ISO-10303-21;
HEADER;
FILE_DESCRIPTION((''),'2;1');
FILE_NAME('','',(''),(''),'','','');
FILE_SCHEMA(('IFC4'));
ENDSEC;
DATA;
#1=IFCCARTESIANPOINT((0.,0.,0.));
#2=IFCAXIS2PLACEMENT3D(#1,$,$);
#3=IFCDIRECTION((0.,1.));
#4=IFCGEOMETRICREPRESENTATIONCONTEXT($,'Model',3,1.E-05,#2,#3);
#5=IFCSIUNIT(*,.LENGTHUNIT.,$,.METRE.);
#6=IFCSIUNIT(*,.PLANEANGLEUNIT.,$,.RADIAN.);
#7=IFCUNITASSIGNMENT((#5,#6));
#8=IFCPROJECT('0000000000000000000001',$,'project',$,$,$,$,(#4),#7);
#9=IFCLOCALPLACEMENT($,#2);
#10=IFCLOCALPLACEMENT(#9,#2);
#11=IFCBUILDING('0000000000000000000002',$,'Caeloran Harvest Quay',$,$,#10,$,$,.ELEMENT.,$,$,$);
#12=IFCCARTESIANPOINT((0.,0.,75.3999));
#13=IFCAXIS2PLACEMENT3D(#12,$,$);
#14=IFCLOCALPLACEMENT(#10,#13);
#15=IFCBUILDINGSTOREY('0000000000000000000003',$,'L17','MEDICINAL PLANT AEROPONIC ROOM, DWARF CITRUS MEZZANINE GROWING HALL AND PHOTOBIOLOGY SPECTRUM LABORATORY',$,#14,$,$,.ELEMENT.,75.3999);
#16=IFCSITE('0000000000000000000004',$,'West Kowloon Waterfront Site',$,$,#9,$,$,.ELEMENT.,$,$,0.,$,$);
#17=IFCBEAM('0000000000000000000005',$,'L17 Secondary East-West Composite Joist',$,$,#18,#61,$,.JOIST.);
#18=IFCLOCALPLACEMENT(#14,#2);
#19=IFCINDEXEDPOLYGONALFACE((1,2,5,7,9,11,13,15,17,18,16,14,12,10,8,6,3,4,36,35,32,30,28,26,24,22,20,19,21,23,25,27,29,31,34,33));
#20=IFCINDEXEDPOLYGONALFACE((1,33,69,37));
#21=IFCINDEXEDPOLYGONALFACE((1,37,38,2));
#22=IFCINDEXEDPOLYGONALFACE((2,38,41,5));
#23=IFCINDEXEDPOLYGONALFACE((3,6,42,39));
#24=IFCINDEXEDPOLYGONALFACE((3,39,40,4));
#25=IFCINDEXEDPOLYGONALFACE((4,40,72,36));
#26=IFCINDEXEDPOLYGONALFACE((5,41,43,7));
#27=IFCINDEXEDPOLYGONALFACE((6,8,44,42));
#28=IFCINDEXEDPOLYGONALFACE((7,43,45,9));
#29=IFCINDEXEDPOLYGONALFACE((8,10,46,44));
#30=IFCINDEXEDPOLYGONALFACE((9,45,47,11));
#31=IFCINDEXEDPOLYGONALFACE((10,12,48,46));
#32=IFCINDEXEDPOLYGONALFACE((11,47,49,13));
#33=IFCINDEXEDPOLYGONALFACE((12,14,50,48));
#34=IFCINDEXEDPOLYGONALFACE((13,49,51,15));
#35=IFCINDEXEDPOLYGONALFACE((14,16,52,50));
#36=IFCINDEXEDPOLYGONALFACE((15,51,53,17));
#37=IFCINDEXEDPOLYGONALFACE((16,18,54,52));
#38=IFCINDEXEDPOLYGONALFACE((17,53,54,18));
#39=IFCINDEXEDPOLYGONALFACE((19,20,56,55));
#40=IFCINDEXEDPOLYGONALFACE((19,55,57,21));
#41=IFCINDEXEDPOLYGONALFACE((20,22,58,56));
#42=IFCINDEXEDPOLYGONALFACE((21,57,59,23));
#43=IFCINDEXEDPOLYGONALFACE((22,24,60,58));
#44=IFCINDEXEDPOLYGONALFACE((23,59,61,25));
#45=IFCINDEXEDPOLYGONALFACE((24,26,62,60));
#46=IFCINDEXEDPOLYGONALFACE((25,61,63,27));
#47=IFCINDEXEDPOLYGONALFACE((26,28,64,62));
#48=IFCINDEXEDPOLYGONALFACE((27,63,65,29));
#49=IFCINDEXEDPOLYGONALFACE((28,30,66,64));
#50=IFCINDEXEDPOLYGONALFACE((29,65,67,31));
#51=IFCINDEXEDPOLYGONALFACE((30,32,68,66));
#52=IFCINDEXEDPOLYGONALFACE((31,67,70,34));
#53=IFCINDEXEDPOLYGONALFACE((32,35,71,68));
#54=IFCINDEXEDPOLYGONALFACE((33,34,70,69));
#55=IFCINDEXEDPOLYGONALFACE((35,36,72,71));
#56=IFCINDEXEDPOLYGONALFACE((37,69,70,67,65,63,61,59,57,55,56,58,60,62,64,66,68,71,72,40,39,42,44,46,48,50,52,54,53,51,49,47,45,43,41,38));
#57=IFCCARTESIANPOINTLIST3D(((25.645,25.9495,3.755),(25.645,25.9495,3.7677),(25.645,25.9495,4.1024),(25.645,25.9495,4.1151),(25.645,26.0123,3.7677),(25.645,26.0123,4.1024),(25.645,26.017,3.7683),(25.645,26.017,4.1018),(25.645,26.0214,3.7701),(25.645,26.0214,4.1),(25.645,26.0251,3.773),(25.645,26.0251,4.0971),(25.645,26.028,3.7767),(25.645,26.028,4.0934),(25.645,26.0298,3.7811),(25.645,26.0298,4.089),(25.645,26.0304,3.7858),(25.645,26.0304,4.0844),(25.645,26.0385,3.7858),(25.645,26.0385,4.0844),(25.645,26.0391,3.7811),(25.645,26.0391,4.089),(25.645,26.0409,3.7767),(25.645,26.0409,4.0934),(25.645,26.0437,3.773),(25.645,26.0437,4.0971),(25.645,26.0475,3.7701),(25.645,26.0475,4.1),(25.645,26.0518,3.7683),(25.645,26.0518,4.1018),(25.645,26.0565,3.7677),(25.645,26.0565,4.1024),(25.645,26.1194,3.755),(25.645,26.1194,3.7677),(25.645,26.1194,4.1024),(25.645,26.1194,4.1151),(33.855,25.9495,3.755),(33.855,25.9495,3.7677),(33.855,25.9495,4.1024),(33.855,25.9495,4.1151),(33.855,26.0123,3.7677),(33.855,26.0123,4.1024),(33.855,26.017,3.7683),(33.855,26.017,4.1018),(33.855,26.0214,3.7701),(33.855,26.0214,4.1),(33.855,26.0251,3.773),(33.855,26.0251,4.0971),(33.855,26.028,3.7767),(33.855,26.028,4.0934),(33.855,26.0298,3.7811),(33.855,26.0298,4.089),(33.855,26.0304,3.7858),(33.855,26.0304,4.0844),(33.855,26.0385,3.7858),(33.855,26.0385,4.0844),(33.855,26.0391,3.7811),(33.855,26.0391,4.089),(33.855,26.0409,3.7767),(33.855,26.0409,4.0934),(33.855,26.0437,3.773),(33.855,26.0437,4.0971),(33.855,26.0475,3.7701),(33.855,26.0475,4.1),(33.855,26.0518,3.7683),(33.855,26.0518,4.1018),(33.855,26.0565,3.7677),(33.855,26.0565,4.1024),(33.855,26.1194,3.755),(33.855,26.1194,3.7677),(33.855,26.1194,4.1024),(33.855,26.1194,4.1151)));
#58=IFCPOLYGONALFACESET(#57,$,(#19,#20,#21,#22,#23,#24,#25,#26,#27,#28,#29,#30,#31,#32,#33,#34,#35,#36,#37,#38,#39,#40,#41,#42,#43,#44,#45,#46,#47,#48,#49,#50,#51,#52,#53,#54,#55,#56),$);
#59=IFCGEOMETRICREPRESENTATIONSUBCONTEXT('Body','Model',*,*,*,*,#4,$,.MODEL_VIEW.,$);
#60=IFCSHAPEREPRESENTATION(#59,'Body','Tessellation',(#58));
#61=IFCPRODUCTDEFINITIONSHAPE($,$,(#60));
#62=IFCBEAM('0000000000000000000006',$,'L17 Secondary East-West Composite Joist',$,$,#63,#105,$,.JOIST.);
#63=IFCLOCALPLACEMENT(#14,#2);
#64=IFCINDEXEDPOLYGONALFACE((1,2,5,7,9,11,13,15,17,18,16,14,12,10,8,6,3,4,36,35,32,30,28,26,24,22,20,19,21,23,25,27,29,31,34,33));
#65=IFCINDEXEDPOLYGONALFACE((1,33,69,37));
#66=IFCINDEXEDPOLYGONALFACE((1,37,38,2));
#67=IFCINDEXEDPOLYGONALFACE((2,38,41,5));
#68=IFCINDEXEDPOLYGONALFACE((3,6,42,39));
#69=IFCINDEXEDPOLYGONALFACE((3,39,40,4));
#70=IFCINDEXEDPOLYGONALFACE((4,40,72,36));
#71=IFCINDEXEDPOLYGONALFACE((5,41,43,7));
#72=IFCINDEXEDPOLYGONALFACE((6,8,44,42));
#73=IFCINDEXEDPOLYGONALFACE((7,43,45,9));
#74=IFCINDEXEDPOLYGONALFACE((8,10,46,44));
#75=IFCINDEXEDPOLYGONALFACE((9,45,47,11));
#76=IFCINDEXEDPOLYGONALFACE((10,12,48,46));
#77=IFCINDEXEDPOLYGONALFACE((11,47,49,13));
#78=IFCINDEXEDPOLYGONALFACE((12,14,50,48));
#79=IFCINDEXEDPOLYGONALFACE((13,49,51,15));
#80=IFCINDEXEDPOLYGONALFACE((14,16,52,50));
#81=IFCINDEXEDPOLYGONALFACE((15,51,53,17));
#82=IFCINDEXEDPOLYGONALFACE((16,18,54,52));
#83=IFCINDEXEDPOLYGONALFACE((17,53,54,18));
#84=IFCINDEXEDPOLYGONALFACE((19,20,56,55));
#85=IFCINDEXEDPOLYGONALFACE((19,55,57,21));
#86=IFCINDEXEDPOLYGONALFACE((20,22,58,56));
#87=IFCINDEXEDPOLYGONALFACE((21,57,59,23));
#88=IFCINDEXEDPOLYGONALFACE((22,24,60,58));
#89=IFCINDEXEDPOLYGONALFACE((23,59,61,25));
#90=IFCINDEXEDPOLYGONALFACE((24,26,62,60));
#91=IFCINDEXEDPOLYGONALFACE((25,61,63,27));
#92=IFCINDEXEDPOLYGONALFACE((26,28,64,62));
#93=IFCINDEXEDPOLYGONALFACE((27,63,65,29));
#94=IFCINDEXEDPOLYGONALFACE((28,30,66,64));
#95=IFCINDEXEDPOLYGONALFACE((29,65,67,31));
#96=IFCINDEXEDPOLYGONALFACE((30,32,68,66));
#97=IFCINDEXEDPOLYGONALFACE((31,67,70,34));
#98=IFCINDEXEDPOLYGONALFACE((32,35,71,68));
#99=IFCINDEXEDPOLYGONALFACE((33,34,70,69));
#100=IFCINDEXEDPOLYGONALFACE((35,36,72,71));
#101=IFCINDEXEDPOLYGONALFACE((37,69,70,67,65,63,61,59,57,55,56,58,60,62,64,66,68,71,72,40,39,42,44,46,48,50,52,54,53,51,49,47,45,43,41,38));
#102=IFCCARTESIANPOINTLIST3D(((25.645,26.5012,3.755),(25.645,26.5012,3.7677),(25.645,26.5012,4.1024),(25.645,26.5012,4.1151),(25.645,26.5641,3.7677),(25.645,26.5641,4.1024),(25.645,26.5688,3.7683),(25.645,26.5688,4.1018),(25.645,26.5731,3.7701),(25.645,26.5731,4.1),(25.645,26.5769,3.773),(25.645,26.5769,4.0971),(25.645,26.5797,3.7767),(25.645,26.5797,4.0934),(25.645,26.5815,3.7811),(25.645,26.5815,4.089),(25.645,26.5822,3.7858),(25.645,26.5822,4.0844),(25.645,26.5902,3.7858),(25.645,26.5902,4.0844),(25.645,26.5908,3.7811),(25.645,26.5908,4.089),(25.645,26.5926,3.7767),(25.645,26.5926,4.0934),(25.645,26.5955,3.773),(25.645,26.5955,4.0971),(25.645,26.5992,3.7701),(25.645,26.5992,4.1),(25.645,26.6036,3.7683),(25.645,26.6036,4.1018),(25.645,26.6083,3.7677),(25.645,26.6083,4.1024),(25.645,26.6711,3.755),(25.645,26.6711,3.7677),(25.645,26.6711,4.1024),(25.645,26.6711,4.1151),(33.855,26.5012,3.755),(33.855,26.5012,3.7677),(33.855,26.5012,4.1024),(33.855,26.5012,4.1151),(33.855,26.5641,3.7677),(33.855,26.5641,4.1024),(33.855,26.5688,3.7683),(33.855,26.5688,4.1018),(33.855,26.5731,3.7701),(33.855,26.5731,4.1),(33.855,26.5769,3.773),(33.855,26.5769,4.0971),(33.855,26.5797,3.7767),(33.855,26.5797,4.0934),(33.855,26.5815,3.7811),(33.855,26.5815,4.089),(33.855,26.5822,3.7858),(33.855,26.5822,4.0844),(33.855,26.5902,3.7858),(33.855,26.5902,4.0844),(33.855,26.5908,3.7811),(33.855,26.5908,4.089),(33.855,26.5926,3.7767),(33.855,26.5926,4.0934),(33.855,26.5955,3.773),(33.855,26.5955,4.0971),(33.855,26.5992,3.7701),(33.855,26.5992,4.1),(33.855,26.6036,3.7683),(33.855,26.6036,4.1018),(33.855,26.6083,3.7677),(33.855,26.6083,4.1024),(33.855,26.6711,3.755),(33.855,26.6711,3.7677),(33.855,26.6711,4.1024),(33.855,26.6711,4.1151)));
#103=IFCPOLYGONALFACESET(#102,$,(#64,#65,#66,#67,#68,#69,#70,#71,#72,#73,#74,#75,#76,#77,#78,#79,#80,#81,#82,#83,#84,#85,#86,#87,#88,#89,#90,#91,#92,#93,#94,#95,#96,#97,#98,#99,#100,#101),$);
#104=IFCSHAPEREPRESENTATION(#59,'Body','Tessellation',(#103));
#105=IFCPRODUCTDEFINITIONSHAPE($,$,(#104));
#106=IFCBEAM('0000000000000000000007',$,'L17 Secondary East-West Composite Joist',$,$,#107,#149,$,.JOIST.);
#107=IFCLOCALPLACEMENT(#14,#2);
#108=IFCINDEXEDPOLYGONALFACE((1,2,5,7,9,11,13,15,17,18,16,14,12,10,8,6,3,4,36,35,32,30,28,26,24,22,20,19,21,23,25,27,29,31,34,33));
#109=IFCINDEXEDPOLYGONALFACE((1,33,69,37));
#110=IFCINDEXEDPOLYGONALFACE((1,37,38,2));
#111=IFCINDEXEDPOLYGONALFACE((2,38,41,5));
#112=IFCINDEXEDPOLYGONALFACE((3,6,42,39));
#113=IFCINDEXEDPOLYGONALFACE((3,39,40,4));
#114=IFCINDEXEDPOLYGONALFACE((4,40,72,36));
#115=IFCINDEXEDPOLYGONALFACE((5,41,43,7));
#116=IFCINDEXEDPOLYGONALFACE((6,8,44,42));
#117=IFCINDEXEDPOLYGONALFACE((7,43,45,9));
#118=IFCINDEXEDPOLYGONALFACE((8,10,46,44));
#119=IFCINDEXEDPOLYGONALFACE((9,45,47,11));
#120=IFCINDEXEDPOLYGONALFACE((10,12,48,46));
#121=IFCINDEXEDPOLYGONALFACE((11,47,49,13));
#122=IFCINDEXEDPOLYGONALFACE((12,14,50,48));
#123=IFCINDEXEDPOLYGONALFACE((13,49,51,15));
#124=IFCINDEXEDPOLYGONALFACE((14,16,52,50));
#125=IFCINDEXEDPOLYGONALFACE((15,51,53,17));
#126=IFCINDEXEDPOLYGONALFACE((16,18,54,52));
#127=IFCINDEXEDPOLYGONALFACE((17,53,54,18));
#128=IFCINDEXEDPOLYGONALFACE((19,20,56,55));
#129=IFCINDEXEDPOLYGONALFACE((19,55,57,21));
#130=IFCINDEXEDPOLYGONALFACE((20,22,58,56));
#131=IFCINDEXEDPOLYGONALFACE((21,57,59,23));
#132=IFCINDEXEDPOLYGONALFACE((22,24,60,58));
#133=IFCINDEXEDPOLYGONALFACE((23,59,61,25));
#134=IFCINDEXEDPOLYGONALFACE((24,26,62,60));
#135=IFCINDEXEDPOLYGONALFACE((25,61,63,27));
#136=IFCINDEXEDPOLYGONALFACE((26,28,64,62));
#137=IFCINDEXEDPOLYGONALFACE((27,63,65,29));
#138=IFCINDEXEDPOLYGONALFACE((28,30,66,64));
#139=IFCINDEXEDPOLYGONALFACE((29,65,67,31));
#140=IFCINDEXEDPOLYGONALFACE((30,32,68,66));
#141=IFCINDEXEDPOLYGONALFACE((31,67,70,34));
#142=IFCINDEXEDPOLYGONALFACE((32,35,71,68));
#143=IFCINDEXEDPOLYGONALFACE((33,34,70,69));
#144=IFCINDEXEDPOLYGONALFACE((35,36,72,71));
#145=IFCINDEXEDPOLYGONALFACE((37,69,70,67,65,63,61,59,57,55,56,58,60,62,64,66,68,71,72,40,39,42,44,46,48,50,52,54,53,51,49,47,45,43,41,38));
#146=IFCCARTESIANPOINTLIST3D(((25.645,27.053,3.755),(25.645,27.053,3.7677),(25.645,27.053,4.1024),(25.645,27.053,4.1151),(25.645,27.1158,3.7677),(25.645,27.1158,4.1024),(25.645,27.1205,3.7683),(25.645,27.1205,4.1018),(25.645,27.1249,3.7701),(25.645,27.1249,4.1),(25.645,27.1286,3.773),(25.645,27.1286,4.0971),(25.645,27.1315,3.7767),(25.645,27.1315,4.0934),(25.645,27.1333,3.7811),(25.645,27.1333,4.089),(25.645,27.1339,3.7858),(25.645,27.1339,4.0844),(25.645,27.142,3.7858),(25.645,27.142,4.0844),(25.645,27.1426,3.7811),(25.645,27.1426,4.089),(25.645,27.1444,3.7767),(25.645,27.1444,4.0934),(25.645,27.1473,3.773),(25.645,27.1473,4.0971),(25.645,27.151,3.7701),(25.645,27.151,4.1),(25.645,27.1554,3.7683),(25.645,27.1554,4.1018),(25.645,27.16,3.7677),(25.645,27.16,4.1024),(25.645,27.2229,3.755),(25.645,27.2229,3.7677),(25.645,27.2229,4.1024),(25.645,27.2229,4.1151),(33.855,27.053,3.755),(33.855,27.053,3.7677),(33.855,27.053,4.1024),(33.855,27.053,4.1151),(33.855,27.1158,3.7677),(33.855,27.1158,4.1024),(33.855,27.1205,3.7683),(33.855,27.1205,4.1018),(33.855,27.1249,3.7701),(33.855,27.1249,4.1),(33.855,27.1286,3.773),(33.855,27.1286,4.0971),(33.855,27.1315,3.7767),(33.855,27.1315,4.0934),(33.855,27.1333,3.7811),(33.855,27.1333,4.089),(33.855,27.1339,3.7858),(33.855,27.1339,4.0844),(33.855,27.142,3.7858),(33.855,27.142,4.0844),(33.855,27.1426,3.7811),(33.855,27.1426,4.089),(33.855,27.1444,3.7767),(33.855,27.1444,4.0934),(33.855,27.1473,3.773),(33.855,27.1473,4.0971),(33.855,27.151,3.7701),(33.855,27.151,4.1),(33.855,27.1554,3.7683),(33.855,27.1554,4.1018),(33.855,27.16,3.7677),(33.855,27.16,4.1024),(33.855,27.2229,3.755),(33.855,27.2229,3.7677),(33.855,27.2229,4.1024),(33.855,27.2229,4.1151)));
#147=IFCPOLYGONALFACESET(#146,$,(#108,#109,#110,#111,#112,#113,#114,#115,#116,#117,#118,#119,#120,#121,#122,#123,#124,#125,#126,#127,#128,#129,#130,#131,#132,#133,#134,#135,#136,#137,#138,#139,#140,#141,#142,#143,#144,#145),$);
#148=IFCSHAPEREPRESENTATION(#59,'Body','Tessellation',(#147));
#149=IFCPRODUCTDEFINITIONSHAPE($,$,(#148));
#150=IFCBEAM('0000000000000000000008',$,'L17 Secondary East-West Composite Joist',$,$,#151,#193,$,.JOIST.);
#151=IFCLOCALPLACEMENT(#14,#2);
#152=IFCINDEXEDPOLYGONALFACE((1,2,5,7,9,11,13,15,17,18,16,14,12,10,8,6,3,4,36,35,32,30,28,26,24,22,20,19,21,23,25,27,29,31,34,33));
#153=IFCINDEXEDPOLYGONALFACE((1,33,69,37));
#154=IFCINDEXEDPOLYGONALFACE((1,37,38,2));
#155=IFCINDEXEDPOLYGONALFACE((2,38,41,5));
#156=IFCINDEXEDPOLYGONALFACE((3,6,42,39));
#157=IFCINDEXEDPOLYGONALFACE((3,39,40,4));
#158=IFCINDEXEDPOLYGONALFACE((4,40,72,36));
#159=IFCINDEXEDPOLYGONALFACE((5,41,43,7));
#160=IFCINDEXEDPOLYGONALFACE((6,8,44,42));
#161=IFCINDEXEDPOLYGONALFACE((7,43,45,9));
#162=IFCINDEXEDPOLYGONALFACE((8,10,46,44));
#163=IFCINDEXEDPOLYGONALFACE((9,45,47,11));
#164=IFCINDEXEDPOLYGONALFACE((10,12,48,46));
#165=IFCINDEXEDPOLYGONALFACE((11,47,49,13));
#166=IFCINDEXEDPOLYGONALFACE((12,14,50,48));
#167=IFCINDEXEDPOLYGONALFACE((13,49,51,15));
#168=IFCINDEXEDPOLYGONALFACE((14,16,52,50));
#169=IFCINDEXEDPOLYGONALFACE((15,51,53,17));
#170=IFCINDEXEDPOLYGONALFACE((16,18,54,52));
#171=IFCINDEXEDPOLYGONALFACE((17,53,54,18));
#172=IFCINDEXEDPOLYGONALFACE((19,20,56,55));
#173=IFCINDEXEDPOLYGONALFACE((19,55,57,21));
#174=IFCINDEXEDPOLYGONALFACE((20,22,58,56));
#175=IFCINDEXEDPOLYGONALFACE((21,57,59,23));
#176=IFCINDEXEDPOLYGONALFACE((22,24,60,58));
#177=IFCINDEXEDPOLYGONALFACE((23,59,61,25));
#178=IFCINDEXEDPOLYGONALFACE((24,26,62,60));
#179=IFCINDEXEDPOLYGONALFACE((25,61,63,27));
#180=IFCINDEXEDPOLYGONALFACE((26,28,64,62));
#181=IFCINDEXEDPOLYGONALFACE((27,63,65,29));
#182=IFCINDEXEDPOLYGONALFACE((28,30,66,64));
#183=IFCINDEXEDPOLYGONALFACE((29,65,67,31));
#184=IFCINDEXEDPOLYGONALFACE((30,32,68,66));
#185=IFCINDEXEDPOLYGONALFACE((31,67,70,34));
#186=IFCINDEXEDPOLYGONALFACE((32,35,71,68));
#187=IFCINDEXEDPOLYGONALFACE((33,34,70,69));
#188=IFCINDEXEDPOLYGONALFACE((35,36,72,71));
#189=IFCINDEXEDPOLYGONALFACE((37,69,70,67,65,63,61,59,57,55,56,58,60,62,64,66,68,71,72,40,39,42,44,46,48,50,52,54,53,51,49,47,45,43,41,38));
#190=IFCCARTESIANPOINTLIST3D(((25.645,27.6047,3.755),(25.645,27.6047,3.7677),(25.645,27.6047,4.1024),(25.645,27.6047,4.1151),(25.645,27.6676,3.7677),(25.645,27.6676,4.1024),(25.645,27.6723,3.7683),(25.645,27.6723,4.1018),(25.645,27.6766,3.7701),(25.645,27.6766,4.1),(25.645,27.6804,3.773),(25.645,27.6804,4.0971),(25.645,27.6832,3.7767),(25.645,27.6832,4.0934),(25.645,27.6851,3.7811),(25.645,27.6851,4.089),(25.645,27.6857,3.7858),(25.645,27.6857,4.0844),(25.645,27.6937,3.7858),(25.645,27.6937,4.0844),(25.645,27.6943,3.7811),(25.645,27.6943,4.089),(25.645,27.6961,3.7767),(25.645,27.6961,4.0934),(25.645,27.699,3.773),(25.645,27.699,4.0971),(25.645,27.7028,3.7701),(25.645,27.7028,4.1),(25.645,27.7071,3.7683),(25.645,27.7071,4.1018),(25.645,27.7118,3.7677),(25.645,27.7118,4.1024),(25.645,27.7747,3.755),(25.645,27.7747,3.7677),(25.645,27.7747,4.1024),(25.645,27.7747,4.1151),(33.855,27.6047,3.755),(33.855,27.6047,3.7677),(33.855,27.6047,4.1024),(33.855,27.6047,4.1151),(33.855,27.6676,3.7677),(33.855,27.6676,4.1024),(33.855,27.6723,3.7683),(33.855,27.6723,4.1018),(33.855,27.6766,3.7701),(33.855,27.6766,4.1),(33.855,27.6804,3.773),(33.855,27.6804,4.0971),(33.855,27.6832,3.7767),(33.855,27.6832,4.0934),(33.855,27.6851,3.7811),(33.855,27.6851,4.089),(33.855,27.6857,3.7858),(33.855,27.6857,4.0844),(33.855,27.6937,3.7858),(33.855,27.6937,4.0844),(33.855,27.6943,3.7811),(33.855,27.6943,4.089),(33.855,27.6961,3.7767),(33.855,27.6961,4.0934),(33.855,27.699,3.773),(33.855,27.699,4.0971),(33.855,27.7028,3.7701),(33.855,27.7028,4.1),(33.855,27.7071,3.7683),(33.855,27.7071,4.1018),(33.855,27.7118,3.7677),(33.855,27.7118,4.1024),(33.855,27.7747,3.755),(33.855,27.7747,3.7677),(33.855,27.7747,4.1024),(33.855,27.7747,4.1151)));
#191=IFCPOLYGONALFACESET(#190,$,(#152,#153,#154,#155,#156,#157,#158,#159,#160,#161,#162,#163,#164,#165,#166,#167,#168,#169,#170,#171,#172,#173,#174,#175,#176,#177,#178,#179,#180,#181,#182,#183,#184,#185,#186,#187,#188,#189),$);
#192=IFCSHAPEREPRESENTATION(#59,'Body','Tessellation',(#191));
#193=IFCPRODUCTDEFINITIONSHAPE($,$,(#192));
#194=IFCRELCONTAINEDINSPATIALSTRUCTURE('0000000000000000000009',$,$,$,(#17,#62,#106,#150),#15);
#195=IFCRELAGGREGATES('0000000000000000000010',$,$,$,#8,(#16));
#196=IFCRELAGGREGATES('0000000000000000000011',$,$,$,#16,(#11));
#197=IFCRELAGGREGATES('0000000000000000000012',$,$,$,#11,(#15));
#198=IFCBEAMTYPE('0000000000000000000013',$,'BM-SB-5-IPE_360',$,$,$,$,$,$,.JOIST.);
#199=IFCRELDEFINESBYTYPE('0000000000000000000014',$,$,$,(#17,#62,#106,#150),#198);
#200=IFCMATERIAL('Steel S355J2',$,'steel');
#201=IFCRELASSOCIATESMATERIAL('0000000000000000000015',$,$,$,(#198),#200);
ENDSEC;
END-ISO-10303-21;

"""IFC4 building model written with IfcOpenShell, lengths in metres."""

from ifc_helpers import new_model, si_unit, direction, frame, origin, origin_2d, place, context, subcontext, project, spatial, i_section, extrude, material, material_profile, profile_set, type_object, element, save


model = new_model("IFC4")

# Units and contexts
model_context = context("Model", 3, precision=1e-05, world=origin(), true_north=direction((0.0, 1.0)))
body_context = subcontext(model_context, "Body", "Model", "MODEL_VIEW")
ifc_project = project(units=[si_unit("LENGTHUNIT", "METRE"), si_unit("PLANEANGLEUNIT", "RADIAN")], contexts=[model_context])

# Site, building, storey
site_placement = place(None, origin())
site = spatial("IfcSite", under=ifc_project, at=site_placement, Name="West Kowloon Waterfront Site", CompositionType="ELEMENT", RefElevation=0.0)
building_placement = place(site_placement, origin())
building = spatial("IfcBuilding", under=site, at=building_placement, Name="Caeloran Harvest Quay", CompositionType="ELEMENT")
storey_placement = place(building_placement, frame((0.0, 0.0, 75.3999)))
storey = spatial("IfcBuildingStorey", under=building, at=storey_placement, Name="L17", Description="MEDICINAL PLANT AEROPONIC ROOM, DWARF CITRUS MEZZANINE GROWING HALL AND PHOTOBIOLOGY SPECTRUM LABORATORY", CompositionType="ELEMENT", Elevation=75.3999)

# Beams
ifc_material_1 = material(Name="Steel S355J2", Category="steel")
ifc_material_profile_1 = material_profile(ifc_material_1, i_section(OverallWidth=0.1699, OverallDepth=0.3601, WebThickness=0.0081, FlangeThickness=0.0127, FilletRadius=0.0181, at=origin_2d()), Name="IPE 360")
ifc_profile_set_1 = profile_set([ifc_material_profile_1], Name="Steel S355J2")
beam_type_1 = type_object("IfcBeamType", Name="BM-SB-5-IPE_360", PredefinedType="JOIST", material=ifc_profile_set_1)
for number, where, z_axis, x_axis, name in (
    (1, (25.645, 26.0344, 3.9351), (1.0, 0.0, 0.0), (0.0, 1.0, 0.0), "L17 Secondary East-West Composite Joist"),
    (2, (25.645, 26.5862, 3.9351), (1.0, 0.0, 0.0), (0.0, 1.0, 0.0), "L17 Secondary East-West Composite Joist"),
    (3, (25.645, 27.1379, 3.9351), (1.0, 0.0, 0.0), (0.0, 1.0, 0.0), "L17 Secondary East-West Composite Joist"),
    (4, (25.645, 27.6897, 3.9351), (1.0, 0.0, 0.0), (0.0, 1.0, 0.0), "L17 Secondary East-West Composite Joist"),
):
    element("IfcBeam", number, at=place(storey_placement, frame(where, z_axis=z_axis, x_axis=x_axis)), inside=storey, type_object=beam_type_1, Name=name, PredefinedType="JOIST", context=body_context, shape_type="SweptSolid", body=[
        extrude(i_section(OverallWidth=0.1699, OverallDepth=0.3601, WebThickness=0.0081, FlangeThickness=0.0127, FilletRadius=0.0181, at=origin_2d()), origin(), (0.0, 0.0, 1.0), 8.21),
    ])

save(model, "model.ifc")
